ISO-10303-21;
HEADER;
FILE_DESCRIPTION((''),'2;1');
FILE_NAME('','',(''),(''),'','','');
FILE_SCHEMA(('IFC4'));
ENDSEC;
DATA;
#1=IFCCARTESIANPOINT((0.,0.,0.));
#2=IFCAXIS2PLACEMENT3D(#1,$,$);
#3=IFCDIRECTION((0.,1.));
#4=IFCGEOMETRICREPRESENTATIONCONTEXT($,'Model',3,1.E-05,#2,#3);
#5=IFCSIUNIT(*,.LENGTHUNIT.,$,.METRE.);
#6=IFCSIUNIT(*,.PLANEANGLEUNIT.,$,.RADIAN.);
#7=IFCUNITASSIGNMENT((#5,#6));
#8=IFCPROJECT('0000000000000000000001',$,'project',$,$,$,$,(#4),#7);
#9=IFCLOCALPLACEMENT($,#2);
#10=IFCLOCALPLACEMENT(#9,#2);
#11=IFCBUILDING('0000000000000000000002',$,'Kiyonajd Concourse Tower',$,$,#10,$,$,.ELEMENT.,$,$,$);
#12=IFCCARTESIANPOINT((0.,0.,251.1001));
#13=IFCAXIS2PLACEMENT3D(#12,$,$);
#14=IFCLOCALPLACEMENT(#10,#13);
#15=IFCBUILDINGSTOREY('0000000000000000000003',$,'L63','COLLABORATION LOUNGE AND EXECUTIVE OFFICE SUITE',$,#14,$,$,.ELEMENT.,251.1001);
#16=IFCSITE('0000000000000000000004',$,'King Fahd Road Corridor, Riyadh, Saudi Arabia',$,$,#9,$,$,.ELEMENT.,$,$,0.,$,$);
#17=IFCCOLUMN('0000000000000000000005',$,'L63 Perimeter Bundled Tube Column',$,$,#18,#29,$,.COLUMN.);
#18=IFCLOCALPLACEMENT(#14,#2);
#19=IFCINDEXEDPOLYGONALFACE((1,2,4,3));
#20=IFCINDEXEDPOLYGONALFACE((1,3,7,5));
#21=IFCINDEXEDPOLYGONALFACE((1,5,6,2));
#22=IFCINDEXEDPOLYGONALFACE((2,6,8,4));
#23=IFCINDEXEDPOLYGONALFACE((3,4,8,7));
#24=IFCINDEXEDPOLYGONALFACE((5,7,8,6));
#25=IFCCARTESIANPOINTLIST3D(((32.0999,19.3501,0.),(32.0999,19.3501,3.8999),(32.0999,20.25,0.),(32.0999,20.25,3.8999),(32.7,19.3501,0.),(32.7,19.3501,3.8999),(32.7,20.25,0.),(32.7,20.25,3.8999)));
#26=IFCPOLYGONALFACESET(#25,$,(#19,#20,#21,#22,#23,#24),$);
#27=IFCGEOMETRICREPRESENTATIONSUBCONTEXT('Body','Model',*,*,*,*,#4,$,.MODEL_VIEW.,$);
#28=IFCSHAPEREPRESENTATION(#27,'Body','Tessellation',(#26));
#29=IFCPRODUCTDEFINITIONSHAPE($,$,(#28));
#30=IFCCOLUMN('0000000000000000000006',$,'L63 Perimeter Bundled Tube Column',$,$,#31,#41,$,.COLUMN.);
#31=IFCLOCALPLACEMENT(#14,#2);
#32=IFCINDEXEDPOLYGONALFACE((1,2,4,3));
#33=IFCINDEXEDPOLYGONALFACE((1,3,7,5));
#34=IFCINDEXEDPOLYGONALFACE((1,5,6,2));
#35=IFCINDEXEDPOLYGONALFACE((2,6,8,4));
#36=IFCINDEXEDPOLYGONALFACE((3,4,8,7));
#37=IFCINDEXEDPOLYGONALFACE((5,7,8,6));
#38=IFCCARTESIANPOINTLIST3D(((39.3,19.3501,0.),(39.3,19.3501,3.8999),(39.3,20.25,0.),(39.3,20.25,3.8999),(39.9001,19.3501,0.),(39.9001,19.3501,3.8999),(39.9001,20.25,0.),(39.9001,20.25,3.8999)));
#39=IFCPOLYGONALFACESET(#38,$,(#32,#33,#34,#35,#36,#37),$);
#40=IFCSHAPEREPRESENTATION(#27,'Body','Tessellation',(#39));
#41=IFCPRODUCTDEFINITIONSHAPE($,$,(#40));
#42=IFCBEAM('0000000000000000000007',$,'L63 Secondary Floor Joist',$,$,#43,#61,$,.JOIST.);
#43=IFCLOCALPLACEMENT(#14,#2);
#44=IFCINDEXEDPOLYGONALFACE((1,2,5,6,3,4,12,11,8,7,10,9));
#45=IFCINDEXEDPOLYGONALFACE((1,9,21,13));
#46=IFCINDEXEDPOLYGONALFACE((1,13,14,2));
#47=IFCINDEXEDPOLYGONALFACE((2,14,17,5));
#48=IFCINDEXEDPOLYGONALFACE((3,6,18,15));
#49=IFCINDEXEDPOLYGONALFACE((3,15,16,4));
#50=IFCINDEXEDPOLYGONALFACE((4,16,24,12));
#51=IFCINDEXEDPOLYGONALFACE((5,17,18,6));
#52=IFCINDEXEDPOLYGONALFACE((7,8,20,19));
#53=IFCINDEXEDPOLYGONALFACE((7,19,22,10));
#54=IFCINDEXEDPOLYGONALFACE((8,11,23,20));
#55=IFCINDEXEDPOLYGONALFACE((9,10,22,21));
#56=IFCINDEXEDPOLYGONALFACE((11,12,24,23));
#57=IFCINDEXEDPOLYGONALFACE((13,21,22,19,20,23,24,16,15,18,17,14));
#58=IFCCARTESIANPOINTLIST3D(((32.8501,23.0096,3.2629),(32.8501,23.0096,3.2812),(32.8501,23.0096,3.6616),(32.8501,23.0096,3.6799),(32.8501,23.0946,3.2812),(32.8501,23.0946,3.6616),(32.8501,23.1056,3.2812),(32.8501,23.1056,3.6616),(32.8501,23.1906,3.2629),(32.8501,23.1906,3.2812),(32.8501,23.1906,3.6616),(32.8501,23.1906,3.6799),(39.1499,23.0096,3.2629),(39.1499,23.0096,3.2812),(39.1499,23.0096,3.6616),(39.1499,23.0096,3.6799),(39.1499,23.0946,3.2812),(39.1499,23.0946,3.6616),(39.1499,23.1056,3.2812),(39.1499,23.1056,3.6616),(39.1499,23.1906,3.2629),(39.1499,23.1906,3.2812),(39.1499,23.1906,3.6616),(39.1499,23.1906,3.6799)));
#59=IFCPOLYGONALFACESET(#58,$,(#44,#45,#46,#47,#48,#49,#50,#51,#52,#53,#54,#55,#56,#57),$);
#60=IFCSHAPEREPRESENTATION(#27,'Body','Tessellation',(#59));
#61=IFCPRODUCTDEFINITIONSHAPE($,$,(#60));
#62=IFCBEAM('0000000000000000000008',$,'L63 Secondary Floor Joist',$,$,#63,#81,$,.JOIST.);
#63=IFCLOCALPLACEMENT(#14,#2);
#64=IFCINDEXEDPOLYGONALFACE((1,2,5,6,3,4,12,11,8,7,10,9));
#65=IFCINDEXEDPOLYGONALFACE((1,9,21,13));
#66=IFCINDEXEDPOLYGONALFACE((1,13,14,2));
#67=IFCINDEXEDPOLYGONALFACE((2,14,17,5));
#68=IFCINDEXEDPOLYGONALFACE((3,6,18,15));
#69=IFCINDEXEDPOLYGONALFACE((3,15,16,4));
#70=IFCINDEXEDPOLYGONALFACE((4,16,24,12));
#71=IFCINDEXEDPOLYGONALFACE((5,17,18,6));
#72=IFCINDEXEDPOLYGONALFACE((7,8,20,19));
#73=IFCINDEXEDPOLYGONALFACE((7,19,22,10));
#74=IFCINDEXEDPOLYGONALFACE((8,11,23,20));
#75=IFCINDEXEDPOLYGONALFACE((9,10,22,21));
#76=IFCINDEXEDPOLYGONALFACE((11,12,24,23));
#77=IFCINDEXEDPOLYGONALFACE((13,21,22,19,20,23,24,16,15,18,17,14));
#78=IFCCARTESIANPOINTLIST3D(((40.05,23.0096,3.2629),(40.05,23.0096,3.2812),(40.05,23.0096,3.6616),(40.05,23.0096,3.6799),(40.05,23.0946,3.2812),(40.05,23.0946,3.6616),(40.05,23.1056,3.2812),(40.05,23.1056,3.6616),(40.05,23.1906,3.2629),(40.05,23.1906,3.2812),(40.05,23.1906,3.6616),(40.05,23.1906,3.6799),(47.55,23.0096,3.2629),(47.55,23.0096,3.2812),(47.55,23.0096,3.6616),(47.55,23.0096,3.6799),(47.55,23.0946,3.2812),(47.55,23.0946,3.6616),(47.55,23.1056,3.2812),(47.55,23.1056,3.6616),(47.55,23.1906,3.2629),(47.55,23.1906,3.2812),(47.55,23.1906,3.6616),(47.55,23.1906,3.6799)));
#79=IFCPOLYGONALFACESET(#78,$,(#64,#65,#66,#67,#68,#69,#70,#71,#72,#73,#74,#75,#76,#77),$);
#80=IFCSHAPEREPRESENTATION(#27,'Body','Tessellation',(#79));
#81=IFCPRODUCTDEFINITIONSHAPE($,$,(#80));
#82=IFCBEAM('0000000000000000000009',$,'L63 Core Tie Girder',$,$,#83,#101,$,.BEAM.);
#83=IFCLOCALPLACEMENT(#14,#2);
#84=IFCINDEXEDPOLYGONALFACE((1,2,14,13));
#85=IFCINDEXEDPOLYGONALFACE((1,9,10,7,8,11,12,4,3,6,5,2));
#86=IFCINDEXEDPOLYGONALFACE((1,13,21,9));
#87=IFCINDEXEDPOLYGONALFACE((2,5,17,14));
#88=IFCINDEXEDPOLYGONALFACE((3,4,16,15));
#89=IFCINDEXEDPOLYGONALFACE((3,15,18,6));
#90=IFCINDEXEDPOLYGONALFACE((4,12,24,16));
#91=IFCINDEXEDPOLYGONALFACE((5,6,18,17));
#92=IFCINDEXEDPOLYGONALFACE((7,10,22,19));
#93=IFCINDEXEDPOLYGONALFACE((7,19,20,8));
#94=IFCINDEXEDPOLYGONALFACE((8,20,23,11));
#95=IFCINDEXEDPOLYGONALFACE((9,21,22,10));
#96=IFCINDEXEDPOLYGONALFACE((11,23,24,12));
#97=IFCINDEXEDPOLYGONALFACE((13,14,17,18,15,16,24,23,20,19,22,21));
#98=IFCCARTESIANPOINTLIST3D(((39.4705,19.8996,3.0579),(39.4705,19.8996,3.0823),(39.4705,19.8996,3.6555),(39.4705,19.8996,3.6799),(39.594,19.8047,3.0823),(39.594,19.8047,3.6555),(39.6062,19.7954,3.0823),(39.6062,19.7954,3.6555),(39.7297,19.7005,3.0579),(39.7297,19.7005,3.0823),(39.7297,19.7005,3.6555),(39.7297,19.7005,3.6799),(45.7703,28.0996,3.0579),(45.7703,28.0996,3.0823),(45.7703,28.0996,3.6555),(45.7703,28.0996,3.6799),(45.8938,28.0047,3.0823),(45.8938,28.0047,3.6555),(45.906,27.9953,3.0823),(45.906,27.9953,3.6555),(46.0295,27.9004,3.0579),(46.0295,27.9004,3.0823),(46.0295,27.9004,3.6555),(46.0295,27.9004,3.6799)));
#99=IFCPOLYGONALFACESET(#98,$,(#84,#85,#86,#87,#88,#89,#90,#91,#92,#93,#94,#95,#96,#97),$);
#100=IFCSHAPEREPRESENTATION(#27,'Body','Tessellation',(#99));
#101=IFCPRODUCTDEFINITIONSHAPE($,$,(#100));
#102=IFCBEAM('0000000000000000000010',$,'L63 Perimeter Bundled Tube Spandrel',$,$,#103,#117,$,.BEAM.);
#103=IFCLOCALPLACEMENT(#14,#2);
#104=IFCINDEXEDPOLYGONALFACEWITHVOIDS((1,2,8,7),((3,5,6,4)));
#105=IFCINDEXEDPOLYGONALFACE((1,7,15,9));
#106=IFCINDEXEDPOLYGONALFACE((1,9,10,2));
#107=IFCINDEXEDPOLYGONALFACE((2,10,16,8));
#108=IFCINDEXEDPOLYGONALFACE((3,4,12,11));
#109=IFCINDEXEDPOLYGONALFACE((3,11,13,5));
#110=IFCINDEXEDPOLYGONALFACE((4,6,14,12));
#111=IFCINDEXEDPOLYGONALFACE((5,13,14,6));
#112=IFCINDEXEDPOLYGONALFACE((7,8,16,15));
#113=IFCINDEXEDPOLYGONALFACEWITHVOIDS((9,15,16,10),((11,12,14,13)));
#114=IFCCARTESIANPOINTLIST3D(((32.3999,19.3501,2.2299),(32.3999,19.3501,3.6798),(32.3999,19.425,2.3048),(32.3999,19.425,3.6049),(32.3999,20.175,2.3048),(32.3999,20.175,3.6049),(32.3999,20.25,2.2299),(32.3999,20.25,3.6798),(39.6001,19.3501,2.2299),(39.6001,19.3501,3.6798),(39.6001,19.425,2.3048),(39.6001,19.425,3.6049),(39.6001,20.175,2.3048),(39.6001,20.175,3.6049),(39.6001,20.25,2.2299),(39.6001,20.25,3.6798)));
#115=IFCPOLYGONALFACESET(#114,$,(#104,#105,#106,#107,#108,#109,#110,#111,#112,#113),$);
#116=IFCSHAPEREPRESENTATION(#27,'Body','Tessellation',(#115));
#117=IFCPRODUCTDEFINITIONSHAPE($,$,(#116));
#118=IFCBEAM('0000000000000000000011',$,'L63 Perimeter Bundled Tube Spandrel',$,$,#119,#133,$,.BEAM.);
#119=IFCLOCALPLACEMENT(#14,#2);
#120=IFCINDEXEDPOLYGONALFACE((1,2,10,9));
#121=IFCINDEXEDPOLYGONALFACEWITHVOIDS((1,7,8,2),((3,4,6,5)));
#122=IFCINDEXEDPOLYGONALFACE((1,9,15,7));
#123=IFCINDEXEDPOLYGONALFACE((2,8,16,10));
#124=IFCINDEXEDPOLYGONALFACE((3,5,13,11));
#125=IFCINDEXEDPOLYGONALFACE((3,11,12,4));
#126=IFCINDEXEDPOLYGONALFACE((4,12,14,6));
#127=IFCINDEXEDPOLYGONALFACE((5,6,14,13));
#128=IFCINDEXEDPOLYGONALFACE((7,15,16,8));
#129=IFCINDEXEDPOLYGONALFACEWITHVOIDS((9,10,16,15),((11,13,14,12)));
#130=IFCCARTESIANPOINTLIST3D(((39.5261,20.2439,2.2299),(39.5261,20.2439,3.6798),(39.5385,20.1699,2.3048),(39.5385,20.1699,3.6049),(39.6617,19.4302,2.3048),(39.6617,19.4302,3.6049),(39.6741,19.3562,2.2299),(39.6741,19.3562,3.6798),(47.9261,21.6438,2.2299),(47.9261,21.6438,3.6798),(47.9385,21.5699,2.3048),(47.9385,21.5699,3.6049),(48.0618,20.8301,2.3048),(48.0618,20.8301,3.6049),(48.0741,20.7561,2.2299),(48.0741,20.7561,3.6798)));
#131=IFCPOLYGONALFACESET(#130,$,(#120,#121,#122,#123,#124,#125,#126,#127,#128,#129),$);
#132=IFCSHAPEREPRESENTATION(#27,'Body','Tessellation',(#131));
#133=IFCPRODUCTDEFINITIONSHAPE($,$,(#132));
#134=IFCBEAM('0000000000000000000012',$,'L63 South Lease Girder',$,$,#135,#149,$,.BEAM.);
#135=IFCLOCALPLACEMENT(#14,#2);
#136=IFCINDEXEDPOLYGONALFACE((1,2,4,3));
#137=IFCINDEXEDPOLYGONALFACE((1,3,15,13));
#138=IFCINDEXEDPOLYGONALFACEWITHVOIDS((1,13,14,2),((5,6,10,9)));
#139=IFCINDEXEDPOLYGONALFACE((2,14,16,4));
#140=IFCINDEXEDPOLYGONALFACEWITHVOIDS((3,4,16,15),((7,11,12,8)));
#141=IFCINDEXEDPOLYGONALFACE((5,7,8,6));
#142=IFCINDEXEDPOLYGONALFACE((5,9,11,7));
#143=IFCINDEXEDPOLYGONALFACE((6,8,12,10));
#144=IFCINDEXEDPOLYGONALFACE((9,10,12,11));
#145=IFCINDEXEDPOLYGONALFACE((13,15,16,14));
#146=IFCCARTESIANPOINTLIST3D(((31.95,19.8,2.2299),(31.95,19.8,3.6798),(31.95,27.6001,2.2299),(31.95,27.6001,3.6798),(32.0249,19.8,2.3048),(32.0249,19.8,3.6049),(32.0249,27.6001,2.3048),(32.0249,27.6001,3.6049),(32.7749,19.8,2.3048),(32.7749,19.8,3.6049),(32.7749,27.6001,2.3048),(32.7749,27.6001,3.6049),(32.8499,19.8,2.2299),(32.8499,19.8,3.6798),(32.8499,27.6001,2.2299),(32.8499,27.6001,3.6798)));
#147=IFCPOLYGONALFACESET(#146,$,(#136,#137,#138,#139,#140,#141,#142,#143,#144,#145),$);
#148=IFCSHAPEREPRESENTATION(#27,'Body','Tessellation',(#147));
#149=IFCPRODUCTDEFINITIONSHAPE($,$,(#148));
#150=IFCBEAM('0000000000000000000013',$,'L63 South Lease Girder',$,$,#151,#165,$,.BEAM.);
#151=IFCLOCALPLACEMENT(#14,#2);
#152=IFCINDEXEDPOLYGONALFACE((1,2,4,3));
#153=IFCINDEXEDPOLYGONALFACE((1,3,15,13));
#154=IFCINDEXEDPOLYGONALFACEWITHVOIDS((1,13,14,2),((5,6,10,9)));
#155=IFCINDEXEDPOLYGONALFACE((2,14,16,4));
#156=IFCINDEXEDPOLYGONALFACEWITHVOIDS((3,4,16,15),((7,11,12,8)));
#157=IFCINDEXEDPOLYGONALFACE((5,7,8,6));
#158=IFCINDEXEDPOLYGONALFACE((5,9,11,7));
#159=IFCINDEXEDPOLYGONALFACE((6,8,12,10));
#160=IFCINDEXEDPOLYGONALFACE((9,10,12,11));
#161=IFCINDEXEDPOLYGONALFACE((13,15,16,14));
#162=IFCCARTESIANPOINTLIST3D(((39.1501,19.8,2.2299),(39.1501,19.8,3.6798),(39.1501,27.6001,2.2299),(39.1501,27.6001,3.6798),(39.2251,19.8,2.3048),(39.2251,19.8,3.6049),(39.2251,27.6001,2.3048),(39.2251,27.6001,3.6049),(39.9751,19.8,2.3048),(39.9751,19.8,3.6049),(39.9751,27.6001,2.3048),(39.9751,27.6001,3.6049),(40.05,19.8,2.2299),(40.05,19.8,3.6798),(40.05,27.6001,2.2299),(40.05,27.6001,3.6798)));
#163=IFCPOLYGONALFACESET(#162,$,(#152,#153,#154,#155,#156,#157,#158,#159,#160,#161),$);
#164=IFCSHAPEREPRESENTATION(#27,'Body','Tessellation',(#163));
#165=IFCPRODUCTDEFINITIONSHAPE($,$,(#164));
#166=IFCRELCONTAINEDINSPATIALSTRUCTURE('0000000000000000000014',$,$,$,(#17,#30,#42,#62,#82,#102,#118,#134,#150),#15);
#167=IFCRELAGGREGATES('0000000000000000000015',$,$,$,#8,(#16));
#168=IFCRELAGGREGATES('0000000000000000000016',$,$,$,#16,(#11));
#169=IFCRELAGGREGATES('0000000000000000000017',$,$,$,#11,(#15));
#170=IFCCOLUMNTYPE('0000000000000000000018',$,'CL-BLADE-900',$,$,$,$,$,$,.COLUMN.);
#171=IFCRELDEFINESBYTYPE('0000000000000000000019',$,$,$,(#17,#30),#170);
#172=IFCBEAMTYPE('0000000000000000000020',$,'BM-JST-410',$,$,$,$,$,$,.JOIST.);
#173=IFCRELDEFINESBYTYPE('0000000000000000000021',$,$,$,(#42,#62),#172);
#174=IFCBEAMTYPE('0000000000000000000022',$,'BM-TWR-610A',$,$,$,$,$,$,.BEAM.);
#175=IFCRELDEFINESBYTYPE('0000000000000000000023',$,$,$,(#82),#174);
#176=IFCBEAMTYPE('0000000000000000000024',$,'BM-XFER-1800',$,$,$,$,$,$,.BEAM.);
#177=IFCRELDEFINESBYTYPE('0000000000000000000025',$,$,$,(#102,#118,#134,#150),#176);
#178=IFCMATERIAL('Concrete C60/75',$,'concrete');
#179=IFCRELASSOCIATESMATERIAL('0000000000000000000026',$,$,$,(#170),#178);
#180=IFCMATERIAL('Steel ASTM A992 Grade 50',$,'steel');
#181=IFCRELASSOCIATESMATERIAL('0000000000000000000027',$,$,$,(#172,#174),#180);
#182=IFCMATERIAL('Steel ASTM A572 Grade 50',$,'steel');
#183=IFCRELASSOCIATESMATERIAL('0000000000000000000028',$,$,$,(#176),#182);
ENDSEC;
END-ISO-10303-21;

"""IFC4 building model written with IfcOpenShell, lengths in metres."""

from ifc_helpers import new_model, si_unit, direction, frame, origin, origin_2d, place, context, subcontext, project, spatial, rectangle, hollow_rectangle, i_section, extrude, material, material_profile, profile_set, type_object, element, save


model = new_model("IFC4")

# Units and contexts
model_context = context("Model", 3, precision=1e-05, world=origin(), true_north=direction((0.0, 1.0)))
body_context = subcontext(model_context, "Body", "Model", "MODEL_VIEW")
ifc_project = project(units=[si_unit("LENGTHUNIT", "METRE"), si_unit("PLANEANGLEUNIT", "RADIAN")], contexts=[model_context])

# Site, building, storey
site_placement = place(None, origin())
site = spatial("IfcSite", under=ifc_project, at=site_placement, Name="King Fahd Road Corridor, Riyadh, Saudi Arabia", CompositionType="ELEMENT", RefElevation=0.0)
building_placement = place(site_placement, origin())
building = spatial("IfcBuilding", under=site, at=building_placement, Name="Kiyonajd Concourse Tower", CompositionType="ELEMENT")
storey_placement = place(building_placement, frame((0.0, 0.0, 251.1001)))
storey = spatial("IfcBuildingStorey", under=building, at=storey_placement, Name="L63", Description="COLLABORATION LOUNGE AND EXECUTIVE OFFICE SUITE", CompositionType="ELEMENT", Elevation=251.1001)

# Columns
ifc_material_1 = material(Name="Concrete C60/75", Category="concrete")
ifc_material_profile_1 = material_profile(ifc_material_1, rectangle(XDim=0.6001, YDim=0.8999, at=origin_2d()), Name="RC-900x600")
ifc_profile_set_1 = profile_set([ifc_material_profile_1], Name="Concrete C60/75")
column_type = type_object("IfcColumnType", Name="CL-BLADE-900", PredefinedType="COLUMN", material=ifc_profile_set_1)
for number, where, z_axis, x_axis, name in (
    (1, (32.3999, 19.8, 0.0), (0.0, 0.0, 1.0), (1.0, 0.0, 0.0), "L63 Perimeter Bundled Tube Column"),
    (2, (39.6001, 19.8, 0.0), (0.0, 0.0, 1.0), (1.0, 0.0, 0.0), "L63 Perimeter Bundled Tube Column"),
):
    element("IfcColumn", number, at=place(storey_placement, frame(where, z_axis=z_axis, x_axis=x_axis)), inside=storey, type_object=column_type, Name=name, PredefinedType="COLUMN", context=body_context, shape_type="SweptSolid", body=[
        extrude(rectangle(XDim=0.6001, YDim=0.8999, at=origin_2d()), origin(), (0.0, 0.0, 1.0), 3.8999),
    ])

# Beams
ifc_material_2 = material(Name="Steel ASTM A992 Grade 50", Category="steel")
ifc_material_profile_2 = material_profile(ifc_material_2, i_section(OverallWidth=0.1809, OverallDepth=0.417, WebThickness=0.011, FlangeThickness=0.0183, at=origin_2d()), Name="W410X85")
ifc_profile_set_2 = profile_set([ifc_material_profile_2], Name="Steel ASTM A992 Grade 50")
beam_type_1 = type_object("IfcBeamType", Name="BM-JST-410", PredefinedType="JOIST", material=ifc_profile_set_2)
beam_1_placement = place(storey_placement, frame((32.8501, 23.1001, 3.4714), z_axis=(1.0, 0.0, 0.0), x_axis=(0.0, 1.0, 0.0)))
element("IfcBeam", 3, at=beam_1_placement, inside=storey, type_object=beam_type_1, Name="L63 Secondary Floor Joist", PredefinedType="JOIST", context=body_context, shape_type="SweptSolid", body=[
    extrude(i_section(OverallWidth=0.1809, OverallDepth=0.417, WebThickness=0.011, FlangeThickness=0.0183, at=origin_2d()), origin(), (0.0, 0.0, 1.0), 6.2998),
])
beam_2_placement = place(storey_placement, frame((40.05, 23.1001, 3.4714), z_axis=(1.0, 0.0, 0.0), x_axis=(0.0, 1.0, 0.0)))
element("IfcBeam", 4, at=beam_2_placement, inside=storey, type_object=beam_type_1, Name="L63 Secondary Floor Joist", PredefinedType="JOIST", context=body_context, shape_type="SweptSolid", body=[
    extrude(i_section(OverallWidth=0.1809, OverallDepth=0.417, WebThickness=0.011, FlangeThickness=0.0183, at=origin_2d()), origin(), (0.0, 0.0, 1.0), 7.5),
])
ifc_material_profile_3 = material_profile(ifc_material_2, i_section(OverallWidth=0.3269, OverallDepth=0.6221, WebThickness=0.0154, FlangeThickness=0.0244, at=origin_2d()), Name="W610X195")
ifc_profile_set_3 = profile_set([ifc_material_profile_3], Name="Steel ASTM A992 Grade 50")
beam_type_2 = type_object("IfcBeamType", Name="BM-TWR-610A", PredefinedType="BEAM", material=ifc_profile_set_3)
beam_3_placement = place(storey_placement, frame((39.6001, 19.8, 3.3689), z_axis=(0.609234, 0.792991, 0.0), x_axis=(-0.792991, 0.609234, 0.0)))
element("IfcBeam", 5, at=beam_3_placement, inside=storey, type_object=beam_type_2, Name="L63 Core Tie Girder", PredefinedType="BEAM", context=body_context, shape_type="SweptSolid", body=[
    extrude(i_section(OverallWidth=0.3269, OverallDepth=0.6221, WebThickness=0.0154, FlangeThickness=0.0244, at=origin_2d()), origin(), (0.0, 0.0, 1.0), 10.3406),
])
ifc_material_3 = material(Name="Steel ASTM A572 Grade 50", Category="steel")
ifc_material_profile_4 = material_profile(ifc_material_3, hollow_rectangle(XDim=0.8999, YDim=1.45, WallThickness=0.075, at=origin_2d()), Name="BOX-1450x900x75")
ifc_profile_set_4 = profile_set([ifc_material_profile_4], Name="Steel ASTM A572 Grade 50")
beam_type_3 = type_object("IfcBeamType", Name="BM-XFER-1800", PredefinedType="BEAM", material=ifc_profile_set_4)
beam_4_placement = place(storey_placement, frame((32.3999, 19.8, 2.9548), z_axis=(1.0, 0.0, 0.0), x_axis=(0.0, 1.0, 0.0)))
element("IfcBeam", 6, at=beam_4_placement, inside=storey, type_object=beam_type_3, Name="L63 Perimeter Bundled Tube Spandrel", PredefinedType="BEAM", context=body_context, shape_type="SweptSolid", body=[
    extrude(hollow_rectangle(XDim=0.8999, YDim=1.45, WallThickness=0.075, at=origin_2d()), origin(), (0.0, 0.0, 1.0), 7.2002),
])
beam_5_placement = place(storey_placement, frame((39.6001, 19.8, 2.9548), z_axis=(0.986395, 0.16439, 0.0), x_axis=(-0.16439, 0.986395, 0.0)))
element("IfcBeam", 7, at=beam_5_placement, inside=storey, type_object=beam_type_3, Name="L63 Perimeter Bundled Tube Spandrel", PredefinedType="BEAM", context=body_context, shape_type="SweptSolid", body=[
    extrude(hollow_rectangle(XDim=0.8999, YDim=1.45, WallThickness=0.075, at=origin_2d()), origin(), (0.0, 0.0, 1.0), 8.5159),
])
for number, where, z_axis, x_axis, name in (
    (8, (32.3999, 19.8, 2.9548), (0.0, 1.0, 0.0), (-1.0, 0.0, 0.0), "L63 South Lease Girder"),
    (9, (39.6001, 19.8, 2.9548), (0.0, 1.0, 0.0), (-1.0, 0.0, 0.0), "L63 South Lease Girder"),
):
    element("IfcBeam", number, at=place(storey_placement, frame(where, z_axis=z_axis, x_axis=x_axis)), inside=storey, type_object=beam_type_3, Name=name, PredefinedType="BEAM", context=body_context, shape_type="SweptSolid", body=[
        extrude(hollow_rectangle(XDim=0.8999, YDim=1.45, WallThickness=0.075, at=origin_2d()), origin(), (0.0, 0.0, 1.0), 7.8),
    ])

save(model, "model.ifc")
